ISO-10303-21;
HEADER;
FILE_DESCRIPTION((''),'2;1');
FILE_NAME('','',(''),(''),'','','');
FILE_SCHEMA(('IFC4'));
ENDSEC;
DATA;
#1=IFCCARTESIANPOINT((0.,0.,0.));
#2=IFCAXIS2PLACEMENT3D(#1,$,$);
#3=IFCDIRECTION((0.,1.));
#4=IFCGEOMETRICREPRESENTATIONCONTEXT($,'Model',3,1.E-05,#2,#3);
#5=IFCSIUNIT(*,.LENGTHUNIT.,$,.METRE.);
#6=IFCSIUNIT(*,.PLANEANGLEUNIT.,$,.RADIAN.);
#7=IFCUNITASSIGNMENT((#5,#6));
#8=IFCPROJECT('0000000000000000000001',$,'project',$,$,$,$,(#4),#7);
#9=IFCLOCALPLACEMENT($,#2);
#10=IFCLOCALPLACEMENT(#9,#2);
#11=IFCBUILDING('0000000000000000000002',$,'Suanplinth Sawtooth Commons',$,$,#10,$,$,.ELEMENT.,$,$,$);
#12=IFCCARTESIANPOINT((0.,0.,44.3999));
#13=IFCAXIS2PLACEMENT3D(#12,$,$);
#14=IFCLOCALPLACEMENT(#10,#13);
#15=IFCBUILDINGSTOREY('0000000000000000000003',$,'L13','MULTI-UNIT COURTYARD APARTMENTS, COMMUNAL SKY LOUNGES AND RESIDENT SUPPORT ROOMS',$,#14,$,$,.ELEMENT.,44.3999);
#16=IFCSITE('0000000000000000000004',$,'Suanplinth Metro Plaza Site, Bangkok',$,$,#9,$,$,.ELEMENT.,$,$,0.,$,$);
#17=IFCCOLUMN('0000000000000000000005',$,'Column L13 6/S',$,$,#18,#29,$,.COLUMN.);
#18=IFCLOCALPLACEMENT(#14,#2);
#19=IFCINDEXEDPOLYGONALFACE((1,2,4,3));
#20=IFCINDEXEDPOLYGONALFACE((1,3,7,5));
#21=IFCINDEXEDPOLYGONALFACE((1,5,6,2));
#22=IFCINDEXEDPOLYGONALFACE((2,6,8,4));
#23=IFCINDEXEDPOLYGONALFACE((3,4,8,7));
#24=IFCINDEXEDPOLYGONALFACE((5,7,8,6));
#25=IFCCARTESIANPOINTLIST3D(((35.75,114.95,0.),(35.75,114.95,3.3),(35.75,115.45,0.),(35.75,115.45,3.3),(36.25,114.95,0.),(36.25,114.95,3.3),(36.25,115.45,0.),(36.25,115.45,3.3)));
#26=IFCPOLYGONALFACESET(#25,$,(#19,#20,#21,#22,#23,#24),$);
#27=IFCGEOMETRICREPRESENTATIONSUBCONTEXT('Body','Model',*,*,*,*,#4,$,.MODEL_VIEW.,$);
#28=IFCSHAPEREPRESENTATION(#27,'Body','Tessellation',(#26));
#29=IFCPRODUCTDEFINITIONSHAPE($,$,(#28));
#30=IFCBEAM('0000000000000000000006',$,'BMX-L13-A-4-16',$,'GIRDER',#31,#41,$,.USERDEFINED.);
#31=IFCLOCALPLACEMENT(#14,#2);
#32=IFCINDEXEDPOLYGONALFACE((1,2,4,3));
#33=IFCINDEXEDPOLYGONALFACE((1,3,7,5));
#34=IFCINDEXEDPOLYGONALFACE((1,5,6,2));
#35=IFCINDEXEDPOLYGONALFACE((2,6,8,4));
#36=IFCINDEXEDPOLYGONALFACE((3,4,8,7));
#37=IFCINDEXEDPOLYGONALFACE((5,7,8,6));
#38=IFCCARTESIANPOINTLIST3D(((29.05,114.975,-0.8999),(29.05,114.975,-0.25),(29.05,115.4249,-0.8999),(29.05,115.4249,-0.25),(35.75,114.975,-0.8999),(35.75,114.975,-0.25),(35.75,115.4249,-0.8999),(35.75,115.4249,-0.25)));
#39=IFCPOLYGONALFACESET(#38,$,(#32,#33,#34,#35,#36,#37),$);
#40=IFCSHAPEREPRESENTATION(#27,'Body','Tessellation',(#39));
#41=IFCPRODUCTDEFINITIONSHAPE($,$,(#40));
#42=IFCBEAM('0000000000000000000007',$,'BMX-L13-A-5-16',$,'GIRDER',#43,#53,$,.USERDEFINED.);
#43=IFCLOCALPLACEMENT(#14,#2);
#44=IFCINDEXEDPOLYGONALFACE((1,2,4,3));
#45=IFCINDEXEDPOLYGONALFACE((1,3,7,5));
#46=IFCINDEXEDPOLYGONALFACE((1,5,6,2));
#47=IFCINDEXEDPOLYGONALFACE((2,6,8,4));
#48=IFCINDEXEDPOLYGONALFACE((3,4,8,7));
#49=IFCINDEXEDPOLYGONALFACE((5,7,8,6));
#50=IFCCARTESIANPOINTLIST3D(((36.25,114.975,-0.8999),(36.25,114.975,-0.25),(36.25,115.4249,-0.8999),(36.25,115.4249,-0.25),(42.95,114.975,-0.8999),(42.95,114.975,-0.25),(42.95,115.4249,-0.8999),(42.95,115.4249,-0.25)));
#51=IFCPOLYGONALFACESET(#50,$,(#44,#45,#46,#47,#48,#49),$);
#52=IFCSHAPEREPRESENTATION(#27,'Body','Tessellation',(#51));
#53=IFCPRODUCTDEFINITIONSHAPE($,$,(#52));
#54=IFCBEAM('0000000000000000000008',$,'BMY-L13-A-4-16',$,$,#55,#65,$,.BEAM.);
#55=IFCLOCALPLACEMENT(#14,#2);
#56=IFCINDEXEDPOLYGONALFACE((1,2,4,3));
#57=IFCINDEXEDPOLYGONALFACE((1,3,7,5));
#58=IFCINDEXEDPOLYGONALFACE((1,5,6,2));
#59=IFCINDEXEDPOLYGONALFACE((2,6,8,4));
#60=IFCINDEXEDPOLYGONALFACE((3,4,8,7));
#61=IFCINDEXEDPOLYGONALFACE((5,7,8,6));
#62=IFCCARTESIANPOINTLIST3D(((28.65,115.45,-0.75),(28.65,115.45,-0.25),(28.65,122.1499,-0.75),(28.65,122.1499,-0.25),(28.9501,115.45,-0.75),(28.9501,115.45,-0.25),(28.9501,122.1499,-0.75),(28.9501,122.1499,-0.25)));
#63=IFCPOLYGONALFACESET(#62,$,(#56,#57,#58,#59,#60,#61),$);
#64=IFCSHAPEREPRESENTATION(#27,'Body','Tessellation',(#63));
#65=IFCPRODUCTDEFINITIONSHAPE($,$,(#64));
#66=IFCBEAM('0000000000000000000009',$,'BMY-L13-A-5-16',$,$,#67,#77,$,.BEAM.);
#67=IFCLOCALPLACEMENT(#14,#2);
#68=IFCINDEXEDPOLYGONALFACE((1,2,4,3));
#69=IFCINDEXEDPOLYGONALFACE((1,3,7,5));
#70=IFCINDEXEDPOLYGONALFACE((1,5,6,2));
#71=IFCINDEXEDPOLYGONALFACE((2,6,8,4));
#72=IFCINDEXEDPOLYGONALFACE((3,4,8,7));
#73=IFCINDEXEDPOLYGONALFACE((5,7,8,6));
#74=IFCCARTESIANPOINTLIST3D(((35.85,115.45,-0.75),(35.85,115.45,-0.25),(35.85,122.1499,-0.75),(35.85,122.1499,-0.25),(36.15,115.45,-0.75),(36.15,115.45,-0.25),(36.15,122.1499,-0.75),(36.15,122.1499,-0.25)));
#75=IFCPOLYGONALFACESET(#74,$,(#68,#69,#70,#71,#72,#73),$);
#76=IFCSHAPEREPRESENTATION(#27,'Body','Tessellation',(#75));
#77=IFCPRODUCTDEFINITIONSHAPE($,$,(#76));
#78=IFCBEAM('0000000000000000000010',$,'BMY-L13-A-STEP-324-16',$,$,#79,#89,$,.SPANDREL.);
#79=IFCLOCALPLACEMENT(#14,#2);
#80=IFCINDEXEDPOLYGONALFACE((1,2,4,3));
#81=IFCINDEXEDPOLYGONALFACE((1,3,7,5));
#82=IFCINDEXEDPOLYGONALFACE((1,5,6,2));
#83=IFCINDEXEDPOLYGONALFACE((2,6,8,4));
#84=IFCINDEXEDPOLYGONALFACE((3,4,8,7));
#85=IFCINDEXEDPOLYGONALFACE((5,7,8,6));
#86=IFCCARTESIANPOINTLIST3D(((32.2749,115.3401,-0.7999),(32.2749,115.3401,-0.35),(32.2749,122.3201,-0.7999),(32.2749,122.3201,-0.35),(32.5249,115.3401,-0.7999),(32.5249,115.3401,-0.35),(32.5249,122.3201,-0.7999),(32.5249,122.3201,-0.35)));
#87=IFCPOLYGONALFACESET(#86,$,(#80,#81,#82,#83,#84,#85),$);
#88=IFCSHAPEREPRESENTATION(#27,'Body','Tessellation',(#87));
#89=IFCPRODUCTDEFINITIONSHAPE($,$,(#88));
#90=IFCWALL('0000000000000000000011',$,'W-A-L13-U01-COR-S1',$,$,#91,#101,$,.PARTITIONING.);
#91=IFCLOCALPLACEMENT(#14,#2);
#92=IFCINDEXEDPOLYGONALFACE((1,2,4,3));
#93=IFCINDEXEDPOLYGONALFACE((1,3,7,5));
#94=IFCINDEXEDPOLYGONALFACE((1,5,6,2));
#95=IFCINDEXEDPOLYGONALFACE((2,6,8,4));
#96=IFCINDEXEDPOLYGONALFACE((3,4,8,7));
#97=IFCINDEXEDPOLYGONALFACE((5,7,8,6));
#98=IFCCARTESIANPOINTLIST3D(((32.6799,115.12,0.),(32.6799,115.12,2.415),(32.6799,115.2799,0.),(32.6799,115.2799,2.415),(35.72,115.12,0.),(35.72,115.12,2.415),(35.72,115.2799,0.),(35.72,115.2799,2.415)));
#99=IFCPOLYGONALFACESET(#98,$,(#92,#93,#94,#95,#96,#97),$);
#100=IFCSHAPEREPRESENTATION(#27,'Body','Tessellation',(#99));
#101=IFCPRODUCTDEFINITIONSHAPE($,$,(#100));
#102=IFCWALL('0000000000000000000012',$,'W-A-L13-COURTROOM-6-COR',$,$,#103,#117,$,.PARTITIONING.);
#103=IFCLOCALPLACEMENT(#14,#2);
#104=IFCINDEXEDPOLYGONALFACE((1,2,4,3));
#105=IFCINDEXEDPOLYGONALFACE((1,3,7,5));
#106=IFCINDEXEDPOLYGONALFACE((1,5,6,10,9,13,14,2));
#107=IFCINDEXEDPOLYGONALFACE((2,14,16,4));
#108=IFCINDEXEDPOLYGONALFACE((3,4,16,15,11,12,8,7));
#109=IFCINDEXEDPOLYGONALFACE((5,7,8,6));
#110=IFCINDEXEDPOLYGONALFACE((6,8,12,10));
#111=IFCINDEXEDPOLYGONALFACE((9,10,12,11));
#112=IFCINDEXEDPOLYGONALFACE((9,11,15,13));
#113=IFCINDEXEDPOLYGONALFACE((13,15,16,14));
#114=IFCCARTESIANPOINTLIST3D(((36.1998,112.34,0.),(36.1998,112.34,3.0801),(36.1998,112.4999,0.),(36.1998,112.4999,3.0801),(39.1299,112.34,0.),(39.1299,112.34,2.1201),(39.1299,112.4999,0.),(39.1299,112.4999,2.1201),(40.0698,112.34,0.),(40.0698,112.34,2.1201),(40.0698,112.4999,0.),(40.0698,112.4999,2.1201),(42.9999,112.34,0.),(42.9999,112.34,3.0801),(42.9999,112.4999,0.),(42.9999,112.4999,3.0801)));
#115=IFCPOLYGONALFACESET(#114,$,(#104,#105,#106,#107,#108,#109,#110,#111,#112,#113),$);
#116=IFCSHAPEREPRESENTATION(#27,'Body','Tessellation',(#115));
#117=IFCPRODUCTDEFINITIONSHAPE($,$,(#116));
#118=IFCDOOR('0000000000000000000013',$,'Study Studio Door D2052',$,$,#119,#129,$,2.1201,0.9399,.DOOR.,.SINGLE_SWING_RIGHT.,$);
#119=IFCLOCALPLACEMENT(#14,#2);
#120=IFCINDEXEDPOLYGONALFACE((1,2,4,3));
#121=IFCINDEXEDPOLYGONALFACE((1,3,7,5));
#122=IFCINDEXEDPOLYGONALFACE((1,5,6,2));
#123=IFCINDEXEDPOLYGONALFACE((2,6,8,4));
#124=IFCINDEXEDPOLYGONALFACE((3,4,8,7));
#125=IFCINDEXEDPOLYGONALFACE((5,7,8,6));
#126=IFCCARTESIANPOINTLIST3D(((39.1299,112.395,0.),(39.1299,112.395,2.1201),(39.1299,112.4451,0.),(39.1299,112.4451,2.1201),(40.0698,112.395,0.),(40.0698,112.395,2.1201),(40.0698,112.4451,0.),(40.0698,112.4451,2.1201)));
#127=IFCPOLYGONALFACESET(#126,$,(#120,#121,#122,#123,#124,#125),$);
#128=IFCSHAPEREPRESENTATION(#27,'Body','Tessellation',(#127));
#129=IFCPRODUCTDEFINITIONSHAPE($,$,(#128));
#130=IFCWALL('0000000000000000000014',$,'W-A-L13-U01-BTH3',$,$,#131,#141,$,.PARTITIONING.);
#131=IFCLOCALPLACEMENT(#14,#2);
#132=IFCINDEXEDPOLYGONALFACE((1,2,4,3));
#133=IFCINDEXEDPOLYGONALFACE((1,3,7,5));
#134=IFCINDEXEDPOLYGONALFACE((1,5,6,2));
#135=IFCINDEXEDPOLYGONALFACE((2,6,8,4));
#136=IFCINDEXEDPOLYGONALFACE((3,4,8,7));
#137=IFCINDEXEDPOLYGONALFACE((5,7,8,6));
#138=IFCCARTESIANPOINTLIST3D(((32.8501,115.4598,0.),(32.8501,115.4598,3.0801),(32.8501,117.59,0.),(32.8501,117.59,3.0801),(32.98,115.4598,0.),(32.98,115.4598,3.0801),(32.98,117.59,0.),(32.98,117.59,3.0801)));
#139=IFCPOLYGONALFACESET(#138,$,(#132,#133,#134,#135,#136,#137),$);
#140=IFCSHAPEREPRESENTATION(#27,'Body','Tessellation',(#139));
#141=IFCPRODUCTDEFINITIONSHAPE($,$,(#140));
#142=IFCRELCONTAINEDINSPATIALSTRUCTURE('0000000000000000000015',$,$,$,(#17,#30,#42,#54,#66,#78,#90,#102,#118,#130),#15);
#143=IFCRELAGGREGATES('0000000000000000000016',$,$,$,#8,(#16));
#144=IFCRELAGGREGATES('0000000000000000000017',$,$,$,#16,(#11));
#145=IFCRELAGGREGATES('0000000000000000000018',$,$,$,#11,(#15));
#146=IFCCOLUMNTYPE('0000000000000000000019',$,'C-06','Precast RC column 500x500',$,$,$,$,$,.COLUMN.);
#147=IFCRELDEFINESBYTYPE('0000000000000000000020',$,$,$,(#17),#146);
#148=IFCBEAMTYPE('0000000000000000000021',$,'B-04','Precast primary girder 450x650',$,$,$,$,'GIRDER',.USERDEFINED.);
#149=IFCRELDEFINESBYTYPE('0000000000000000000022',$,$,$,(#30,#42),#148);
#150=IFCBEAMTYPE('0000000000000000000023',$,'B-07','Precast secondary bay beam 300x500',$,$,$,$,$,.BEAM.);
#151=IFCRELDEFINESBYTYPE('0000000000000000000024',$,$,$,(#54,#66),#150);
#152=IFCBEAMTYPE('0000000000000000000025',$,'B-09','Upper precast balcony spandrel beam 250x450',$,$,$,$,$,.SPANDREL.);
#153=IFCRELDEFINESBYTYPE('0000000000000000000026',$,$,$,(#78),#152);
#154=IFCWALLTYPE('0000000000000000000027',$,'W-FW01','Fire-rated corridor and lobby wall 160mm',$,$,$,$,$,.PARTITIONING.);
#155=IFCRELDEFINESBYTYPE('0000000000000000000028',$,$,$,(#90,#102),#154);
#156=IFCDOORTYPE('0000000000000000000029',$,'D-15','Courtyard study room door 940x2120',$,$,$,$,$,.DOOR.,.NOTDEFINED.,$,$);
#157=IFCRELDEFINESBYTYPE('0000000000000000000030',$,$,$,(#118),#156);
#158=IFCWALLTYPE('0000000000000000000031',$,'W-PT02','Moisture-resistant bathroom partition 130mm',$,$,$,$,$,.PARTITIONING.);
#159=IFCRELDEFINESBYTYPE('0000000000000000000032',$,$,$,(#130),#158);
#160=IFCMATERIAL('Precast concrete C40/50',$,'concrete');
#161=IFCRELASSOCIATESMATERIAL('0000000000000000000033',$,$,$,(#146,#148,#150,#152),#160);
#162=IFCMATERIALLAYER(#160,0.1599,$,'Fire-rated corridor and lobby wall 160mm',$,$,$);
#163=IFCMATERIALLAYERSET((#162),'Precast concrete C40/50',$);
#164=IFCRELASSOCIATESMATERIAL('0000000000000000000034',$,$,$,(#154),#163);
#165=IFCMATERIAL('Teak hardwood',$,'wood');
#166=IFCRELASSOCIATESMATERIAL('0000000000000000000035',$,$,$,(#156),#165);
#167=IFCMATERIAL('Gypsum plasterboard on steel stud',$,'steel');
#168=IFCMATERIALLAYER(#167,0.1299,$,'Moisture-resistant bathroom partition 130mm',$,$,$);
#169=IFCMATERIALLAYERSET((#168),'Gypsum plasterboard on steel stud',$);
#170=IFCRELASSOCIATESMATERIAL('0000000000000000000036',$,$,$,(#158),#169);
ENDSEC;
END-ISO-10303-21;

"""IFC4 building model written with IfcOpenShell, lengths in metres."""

from ifc_helpers import new_model, si_unit, direction, frame, frame_2d, origin, origin_2d, place, context, subcontext, project, spatial, rectangle, extrude, material, layer, layer_set, material_profile, profile_set, type_object, element, fill, save


model = new_model("IFC4")

# Units and contexts
model_context = context("Model", 3, precision=1e-05, world=origin(), true_north=direction((0.0, 1.0)))
body_context = subcontext(model_context, "Body", "Model", "MODEL_VIEW")
ifc_project = project(units=[si_unit("LENGTHUNIT", "METRE"), si_unit("PLANEANGLEUNIT", "RADIAN")], contexts=[model_context])

# Site, building, storey
site_placement = place(None, origin())
site = spatial("IfcSite", under=ifc_project, at=site_placement, Name="Suanplinth Metro Plaza Site, Bangkok", CompositionType="ELEMENT", RefElevation=0.0)
building_placement = place(site_placement, origin())
building = spatial("IfcBuilding", under=site, at=building_placement, Name="Suanplinth Sawtooth Commons", CompositionType="ELEMENT")
storey_placement = place(building_placement, frame((0.0, 0.0, 44.3999)))
storey = spatial("IfcBuildingStorey", under=building, at=storey_placement, Name="L13", Description="MULTI-UNIT COURTYARD APARTMENTS, COMMUNAL SKY LOUNGES AND RESIDENT SUPPORT ROOMS", CompositionType="ELEMENT", Elevation=44.3999)

# Column
ifc_material_1 = material(Name="Precast concrete C40/50", Category="concrete")
ifc_material_profile_1 = material_profile(ifc_material_1, rectangle(XDim=0.5, YDim=0.5, at=origin_2d()), Name="PC-COL 500x500")
ifc_profile_set_1 = profile_set([ifc_material_profile_1], Name="Precast concrete C40/50")
column_type = type_object("IfcColumnType", Name="C-06", Description="Precast RC column 500x500", PredefinedType="COLUMN", material=ifc_profile_set_1)
column_placement = place(storey_placement, frame((36.0, 115.2, 0.0), z_axis=(0.0, 0.0, 1.0), x_axis=(1.0, 0.0, 0.0)))
element("IfcColumn", 1, at=column_placement, inside=storey, type_object=column_type, Name="Column L13 6/S", PredefinedType="COLUMN", context=body_context, shape_type="SweptSolid", body=[
    extrude(rectangle(XDim=0.5, YDim=0.5, at=origin_2d()), origin(), (0.0, 0.0, 1.0), 3.3),
])

# Beams
ifc_material_profile_2 = material_profile(ifc_material_1, rectangle(XDim=0.45, YDim=0.6499, at=origin_2d()), Name="PC-GDR 450x650")
ifc_profile_set_2 = profile_set([ifc_material_profile_2], Name="Precast concrete C40/50")
beam_type_1 = type_object("IfcBeamType", Name="B-04", Description="Precast primary girder 450x650", ElementType="GIRDER", PredefinedType="USERDEFINED", material=ifc_profile_set_2)
for number, where, z_axis, x_axis, name in (
    (2, (29.05, 115.2, -0.575), (1.0, 0.0, 0.0), (0.0, 1.0, 0.0), "BMX-L13-A-4-16"),
    (3, (36.25, 115.2, -0.575), (1.0, 0.0, 0.0), (0.0, 1.0, 0.0), "BMX-L13-A-5-16"),
):
    element("IfcBeam", number, at=place(storey_placement, frame(where, z_axis=z_axis, x_axis=x_axis)), inside=storey, type_object=beam_type_1, Name=name, ObjectType="GIRDER", PredefinedType="USERDEFINED", context=body_context, shape_type="SweptSolid", body=[
        extrude(rectangle(XDim=0.45, YDim=0.6499, at=origin_2d()), origin(), (0.0, 0.0, 1.0), 6.7),
    ])
ifc_material_profile_3 = material_profile(ifc_material_1, rectangle(XDim=0.3, YDim=0.5, at=origin_2d()), Name="PC-BM 300x500")
ifc_profile_set_3 = profile_set([ifc_material_profile_3], Name="Precast concrete C40/50")
beam_type_2 = type_object("IfcBeamType", Name="B-07", Description="Precast secondary bay beam 300x500", PredefinedType="BEAM", material=ifc_profile_set_3)
for number, where, z_axis, x_axis, name in (
    (4, (28.8, 115.45, -0.5), (0.0, 1.0, 0.0), (-1.0, 0.0, 0.0), "BMY-L13-A-4-16"),
    (5, (36.0, 115.45, -0.5), (0.0, 1.0, 0.0), (-1.0, 0.0, 0.0), "BMY-L13-A-5-16"),
):
    element("IfcBeam", number, at=place(storey_placement, frame(where, z_axis=z_axis, x_axis=x_axis)), inside=storey, type_object=beam_type_2, Name=name, PredefinedType="BEAM", context=body_context, shape_type="SweptSolid", body=[
        extrude(rectangle(XDim=0.3, YDim=0.5, at=origin_2d()), origin(), (0.0, 0.0, 1.0), 6.7),
    ])
ifc_material_profile_4 = material_profile(ifc_material_1, rectangle(XDim=0.25, YDim=0.45, at=origin_2d()), Name="PC-SP 250x450")
ifc_profile_set_4 = profile_set([ifc_material_profile_4], Name="Precast concrete C40/50")
beam_type_3 = type_object("IfcBeamType", Name="B-09", Description="Upper precast balcony spandrel beam 250x450", PredefinedType="SPANDREL", material=ifc_profile_set_4)
beam_placement = place(storey_placement, frame((32.3999, 115.3401, -0.575), z_axis=(0.0, 1.0, 0.0), x_axis=(-1.0, 0.0, 0.0)))
element("IfcBeam", 6, at=beam_placement, inside=storey, type_object=beam_type_3, Name="BMY-L13-A-STEP-324-16", PredefinedType="SPANDREL", context=body_context, shape_type="SweptSolid", body=[
    extrude(rectangle(XDim=0.25, YDim=0.45, at=origin_2d()), origin(), (0.0, 0.0, 1.0), 6.98),
])

# Wall
ifc_layer_1 = layer(ifc_material_1, 0.1599, Name="Fire-rated corridor and lobby wall 160mm")
ifc_layer_set_1 = layer_set([ifc_layer_1], Name="Precast concrete C40/50")
wall_type_1 = type_object("IfcWallType", Name="W-FW01", Description="Fire-rated corridor and lobby wall 160mm", PredefinedType="PARTITIONING", material=ifc_layer_set_1)
wall_1_placement = place(storey_placement, frame((32.6799, 115.2, 0.0), z_axis=(0.0, 0.0, 1.0), x_axis=(1.0, 0.0, 0.0)))
element("IfcWall", 7, at=wall_1_placement, inside=storey, type_object=wall_type_1, Name="W-A-L13-U01-COR-S1", PredefinedType="PARTITIONING", context=body_context, shape_type="SweptSolid", body=[
    extrude(rectangle(XDim=3.04, YDim=0.1599, at=frame_2d((1.52, 0.0))), origin(), (0.0, 0.0, 1.0), 2.415),
])

# Wall, opening, door
ifc_material_2 = material(Name="Teak hardwood", Category="wood")
door_type_1 = type_object("IfcDoorType", Name="D-15", Description="Courtyard study room door 940x2120", OperationType="NOTDEFINED", PredefinedType="DOOR", material=ifc_material_2)
wall_2_placement = place(storey_placement, frame((36.2, 112.4199, 0.0), z_axis=(0.0, 0.0, 1.0), x_axis=(1.0, 0.0, 0.0)))
wall_2 = element("IfcWall", 8, at=wall_2_placement, inside=storey, type_object=wall_type_1, Name="W-A-L13-COURTROOM-6-COR", PredefinedType="PARTITIONING", context=body_context, shape_type="SweptSolid", body=[
    extrude(rectangle(XDim=6.8, YDim=0.1599, at=frame_2d((3.3999, 0.0))), origin(), (0.0, 0.0, 1.0), 3.0801),
])
opening_1_placement = place(wall_2_placement, frame((2.9299, 0.0, 0.0)))
opening_1 = element("IfcOpeningElement", 9, at=opening_1_placement, cuts=wall_2, PredefinedType="OPENING", context=body_context, shape_type="SweptSolid", body=[
    extrude(rectangle(XDim=0.9399, YDim=2.1201, at=frame_2d((0.47, 1.0601))), frame((0.0, 0.0947, 0.0), z_axis=(0.0, -1.0, 0.0), x_axis=(1.0, 0.0, 0.0)), (0.0, 0.0, 1.0), 0.1897),
])
door_1_placement = place(opening_1_placement, frame((0.9399, 0.0, 0.0), z_axis=(0.0, 0.0, 1.0), x_axis=(-1.0, 0.0, 0.0)))
door_1 = element("IfcDoor", 10, at=door_1_placement, inside=storey, type_object=door_type_1, Name="Study Studio Door D2052", OperationType="SINGLE_SWING_RIGHT", OverallHeight=2.1201, OverallWidth=0.9399, PredefinedType="DOOR", context=body_context, shape_type="SweptSolid", body=[
    extrude(rectangle(XDim=0.9399, YDim=2.1201, at=frame_2d((0.47, 1.0601))), frame((0.0, 0.0249, 0.0), z_axis=(0.0, -1.0, 0.0), x_axis=(1.0, 0.0, 0.0)), (0.0, 0.0, 1.0), 0.05),
])
fill(opening_1, door_1)

# Wall
ifc_material_3 = material(Name="Gypsum plasterboard on steel stud", Category="steel")
ifc_layer_2 = layer(ifc_material_3, 0.1299, Name="Moisture-resistant bathroom partition 130mm")
ifc_layer_set_2 = layer_set([ifc_layer_2], Name="Gypsum plasterboard on steel stud")
wall_type_2 = type_object("IfcWallType", Name="W-PT02", Description="Moisture-resistant bathroom partition 130mm", PredefinedType="PARTITIONING", material=ifc_layer_set_2)
wall_3_placement = place(storey_placement, frame((32.915, 115.46, 0.0), z_axis=(0.0, 0.0, 1.0), x_axis=(0.0, 1.0, 0.0)))
element("IfcWall", 11, at=wall_3_placement, inside=storey, type_object=wall_type_2, Name="W-A-L13-U01-BTH3", PredefinedType="PARTITIONING", context=body_context, shape_type="SweptSolid", body=[
    extrude(rectangle(XDim=2.1301, YDim=0.1299, at=frame_2d((1.0649, 0.0))), origin(), (0.0, 0.0, 1.0), 3.0801),
])

save(model, "model.ifc")
